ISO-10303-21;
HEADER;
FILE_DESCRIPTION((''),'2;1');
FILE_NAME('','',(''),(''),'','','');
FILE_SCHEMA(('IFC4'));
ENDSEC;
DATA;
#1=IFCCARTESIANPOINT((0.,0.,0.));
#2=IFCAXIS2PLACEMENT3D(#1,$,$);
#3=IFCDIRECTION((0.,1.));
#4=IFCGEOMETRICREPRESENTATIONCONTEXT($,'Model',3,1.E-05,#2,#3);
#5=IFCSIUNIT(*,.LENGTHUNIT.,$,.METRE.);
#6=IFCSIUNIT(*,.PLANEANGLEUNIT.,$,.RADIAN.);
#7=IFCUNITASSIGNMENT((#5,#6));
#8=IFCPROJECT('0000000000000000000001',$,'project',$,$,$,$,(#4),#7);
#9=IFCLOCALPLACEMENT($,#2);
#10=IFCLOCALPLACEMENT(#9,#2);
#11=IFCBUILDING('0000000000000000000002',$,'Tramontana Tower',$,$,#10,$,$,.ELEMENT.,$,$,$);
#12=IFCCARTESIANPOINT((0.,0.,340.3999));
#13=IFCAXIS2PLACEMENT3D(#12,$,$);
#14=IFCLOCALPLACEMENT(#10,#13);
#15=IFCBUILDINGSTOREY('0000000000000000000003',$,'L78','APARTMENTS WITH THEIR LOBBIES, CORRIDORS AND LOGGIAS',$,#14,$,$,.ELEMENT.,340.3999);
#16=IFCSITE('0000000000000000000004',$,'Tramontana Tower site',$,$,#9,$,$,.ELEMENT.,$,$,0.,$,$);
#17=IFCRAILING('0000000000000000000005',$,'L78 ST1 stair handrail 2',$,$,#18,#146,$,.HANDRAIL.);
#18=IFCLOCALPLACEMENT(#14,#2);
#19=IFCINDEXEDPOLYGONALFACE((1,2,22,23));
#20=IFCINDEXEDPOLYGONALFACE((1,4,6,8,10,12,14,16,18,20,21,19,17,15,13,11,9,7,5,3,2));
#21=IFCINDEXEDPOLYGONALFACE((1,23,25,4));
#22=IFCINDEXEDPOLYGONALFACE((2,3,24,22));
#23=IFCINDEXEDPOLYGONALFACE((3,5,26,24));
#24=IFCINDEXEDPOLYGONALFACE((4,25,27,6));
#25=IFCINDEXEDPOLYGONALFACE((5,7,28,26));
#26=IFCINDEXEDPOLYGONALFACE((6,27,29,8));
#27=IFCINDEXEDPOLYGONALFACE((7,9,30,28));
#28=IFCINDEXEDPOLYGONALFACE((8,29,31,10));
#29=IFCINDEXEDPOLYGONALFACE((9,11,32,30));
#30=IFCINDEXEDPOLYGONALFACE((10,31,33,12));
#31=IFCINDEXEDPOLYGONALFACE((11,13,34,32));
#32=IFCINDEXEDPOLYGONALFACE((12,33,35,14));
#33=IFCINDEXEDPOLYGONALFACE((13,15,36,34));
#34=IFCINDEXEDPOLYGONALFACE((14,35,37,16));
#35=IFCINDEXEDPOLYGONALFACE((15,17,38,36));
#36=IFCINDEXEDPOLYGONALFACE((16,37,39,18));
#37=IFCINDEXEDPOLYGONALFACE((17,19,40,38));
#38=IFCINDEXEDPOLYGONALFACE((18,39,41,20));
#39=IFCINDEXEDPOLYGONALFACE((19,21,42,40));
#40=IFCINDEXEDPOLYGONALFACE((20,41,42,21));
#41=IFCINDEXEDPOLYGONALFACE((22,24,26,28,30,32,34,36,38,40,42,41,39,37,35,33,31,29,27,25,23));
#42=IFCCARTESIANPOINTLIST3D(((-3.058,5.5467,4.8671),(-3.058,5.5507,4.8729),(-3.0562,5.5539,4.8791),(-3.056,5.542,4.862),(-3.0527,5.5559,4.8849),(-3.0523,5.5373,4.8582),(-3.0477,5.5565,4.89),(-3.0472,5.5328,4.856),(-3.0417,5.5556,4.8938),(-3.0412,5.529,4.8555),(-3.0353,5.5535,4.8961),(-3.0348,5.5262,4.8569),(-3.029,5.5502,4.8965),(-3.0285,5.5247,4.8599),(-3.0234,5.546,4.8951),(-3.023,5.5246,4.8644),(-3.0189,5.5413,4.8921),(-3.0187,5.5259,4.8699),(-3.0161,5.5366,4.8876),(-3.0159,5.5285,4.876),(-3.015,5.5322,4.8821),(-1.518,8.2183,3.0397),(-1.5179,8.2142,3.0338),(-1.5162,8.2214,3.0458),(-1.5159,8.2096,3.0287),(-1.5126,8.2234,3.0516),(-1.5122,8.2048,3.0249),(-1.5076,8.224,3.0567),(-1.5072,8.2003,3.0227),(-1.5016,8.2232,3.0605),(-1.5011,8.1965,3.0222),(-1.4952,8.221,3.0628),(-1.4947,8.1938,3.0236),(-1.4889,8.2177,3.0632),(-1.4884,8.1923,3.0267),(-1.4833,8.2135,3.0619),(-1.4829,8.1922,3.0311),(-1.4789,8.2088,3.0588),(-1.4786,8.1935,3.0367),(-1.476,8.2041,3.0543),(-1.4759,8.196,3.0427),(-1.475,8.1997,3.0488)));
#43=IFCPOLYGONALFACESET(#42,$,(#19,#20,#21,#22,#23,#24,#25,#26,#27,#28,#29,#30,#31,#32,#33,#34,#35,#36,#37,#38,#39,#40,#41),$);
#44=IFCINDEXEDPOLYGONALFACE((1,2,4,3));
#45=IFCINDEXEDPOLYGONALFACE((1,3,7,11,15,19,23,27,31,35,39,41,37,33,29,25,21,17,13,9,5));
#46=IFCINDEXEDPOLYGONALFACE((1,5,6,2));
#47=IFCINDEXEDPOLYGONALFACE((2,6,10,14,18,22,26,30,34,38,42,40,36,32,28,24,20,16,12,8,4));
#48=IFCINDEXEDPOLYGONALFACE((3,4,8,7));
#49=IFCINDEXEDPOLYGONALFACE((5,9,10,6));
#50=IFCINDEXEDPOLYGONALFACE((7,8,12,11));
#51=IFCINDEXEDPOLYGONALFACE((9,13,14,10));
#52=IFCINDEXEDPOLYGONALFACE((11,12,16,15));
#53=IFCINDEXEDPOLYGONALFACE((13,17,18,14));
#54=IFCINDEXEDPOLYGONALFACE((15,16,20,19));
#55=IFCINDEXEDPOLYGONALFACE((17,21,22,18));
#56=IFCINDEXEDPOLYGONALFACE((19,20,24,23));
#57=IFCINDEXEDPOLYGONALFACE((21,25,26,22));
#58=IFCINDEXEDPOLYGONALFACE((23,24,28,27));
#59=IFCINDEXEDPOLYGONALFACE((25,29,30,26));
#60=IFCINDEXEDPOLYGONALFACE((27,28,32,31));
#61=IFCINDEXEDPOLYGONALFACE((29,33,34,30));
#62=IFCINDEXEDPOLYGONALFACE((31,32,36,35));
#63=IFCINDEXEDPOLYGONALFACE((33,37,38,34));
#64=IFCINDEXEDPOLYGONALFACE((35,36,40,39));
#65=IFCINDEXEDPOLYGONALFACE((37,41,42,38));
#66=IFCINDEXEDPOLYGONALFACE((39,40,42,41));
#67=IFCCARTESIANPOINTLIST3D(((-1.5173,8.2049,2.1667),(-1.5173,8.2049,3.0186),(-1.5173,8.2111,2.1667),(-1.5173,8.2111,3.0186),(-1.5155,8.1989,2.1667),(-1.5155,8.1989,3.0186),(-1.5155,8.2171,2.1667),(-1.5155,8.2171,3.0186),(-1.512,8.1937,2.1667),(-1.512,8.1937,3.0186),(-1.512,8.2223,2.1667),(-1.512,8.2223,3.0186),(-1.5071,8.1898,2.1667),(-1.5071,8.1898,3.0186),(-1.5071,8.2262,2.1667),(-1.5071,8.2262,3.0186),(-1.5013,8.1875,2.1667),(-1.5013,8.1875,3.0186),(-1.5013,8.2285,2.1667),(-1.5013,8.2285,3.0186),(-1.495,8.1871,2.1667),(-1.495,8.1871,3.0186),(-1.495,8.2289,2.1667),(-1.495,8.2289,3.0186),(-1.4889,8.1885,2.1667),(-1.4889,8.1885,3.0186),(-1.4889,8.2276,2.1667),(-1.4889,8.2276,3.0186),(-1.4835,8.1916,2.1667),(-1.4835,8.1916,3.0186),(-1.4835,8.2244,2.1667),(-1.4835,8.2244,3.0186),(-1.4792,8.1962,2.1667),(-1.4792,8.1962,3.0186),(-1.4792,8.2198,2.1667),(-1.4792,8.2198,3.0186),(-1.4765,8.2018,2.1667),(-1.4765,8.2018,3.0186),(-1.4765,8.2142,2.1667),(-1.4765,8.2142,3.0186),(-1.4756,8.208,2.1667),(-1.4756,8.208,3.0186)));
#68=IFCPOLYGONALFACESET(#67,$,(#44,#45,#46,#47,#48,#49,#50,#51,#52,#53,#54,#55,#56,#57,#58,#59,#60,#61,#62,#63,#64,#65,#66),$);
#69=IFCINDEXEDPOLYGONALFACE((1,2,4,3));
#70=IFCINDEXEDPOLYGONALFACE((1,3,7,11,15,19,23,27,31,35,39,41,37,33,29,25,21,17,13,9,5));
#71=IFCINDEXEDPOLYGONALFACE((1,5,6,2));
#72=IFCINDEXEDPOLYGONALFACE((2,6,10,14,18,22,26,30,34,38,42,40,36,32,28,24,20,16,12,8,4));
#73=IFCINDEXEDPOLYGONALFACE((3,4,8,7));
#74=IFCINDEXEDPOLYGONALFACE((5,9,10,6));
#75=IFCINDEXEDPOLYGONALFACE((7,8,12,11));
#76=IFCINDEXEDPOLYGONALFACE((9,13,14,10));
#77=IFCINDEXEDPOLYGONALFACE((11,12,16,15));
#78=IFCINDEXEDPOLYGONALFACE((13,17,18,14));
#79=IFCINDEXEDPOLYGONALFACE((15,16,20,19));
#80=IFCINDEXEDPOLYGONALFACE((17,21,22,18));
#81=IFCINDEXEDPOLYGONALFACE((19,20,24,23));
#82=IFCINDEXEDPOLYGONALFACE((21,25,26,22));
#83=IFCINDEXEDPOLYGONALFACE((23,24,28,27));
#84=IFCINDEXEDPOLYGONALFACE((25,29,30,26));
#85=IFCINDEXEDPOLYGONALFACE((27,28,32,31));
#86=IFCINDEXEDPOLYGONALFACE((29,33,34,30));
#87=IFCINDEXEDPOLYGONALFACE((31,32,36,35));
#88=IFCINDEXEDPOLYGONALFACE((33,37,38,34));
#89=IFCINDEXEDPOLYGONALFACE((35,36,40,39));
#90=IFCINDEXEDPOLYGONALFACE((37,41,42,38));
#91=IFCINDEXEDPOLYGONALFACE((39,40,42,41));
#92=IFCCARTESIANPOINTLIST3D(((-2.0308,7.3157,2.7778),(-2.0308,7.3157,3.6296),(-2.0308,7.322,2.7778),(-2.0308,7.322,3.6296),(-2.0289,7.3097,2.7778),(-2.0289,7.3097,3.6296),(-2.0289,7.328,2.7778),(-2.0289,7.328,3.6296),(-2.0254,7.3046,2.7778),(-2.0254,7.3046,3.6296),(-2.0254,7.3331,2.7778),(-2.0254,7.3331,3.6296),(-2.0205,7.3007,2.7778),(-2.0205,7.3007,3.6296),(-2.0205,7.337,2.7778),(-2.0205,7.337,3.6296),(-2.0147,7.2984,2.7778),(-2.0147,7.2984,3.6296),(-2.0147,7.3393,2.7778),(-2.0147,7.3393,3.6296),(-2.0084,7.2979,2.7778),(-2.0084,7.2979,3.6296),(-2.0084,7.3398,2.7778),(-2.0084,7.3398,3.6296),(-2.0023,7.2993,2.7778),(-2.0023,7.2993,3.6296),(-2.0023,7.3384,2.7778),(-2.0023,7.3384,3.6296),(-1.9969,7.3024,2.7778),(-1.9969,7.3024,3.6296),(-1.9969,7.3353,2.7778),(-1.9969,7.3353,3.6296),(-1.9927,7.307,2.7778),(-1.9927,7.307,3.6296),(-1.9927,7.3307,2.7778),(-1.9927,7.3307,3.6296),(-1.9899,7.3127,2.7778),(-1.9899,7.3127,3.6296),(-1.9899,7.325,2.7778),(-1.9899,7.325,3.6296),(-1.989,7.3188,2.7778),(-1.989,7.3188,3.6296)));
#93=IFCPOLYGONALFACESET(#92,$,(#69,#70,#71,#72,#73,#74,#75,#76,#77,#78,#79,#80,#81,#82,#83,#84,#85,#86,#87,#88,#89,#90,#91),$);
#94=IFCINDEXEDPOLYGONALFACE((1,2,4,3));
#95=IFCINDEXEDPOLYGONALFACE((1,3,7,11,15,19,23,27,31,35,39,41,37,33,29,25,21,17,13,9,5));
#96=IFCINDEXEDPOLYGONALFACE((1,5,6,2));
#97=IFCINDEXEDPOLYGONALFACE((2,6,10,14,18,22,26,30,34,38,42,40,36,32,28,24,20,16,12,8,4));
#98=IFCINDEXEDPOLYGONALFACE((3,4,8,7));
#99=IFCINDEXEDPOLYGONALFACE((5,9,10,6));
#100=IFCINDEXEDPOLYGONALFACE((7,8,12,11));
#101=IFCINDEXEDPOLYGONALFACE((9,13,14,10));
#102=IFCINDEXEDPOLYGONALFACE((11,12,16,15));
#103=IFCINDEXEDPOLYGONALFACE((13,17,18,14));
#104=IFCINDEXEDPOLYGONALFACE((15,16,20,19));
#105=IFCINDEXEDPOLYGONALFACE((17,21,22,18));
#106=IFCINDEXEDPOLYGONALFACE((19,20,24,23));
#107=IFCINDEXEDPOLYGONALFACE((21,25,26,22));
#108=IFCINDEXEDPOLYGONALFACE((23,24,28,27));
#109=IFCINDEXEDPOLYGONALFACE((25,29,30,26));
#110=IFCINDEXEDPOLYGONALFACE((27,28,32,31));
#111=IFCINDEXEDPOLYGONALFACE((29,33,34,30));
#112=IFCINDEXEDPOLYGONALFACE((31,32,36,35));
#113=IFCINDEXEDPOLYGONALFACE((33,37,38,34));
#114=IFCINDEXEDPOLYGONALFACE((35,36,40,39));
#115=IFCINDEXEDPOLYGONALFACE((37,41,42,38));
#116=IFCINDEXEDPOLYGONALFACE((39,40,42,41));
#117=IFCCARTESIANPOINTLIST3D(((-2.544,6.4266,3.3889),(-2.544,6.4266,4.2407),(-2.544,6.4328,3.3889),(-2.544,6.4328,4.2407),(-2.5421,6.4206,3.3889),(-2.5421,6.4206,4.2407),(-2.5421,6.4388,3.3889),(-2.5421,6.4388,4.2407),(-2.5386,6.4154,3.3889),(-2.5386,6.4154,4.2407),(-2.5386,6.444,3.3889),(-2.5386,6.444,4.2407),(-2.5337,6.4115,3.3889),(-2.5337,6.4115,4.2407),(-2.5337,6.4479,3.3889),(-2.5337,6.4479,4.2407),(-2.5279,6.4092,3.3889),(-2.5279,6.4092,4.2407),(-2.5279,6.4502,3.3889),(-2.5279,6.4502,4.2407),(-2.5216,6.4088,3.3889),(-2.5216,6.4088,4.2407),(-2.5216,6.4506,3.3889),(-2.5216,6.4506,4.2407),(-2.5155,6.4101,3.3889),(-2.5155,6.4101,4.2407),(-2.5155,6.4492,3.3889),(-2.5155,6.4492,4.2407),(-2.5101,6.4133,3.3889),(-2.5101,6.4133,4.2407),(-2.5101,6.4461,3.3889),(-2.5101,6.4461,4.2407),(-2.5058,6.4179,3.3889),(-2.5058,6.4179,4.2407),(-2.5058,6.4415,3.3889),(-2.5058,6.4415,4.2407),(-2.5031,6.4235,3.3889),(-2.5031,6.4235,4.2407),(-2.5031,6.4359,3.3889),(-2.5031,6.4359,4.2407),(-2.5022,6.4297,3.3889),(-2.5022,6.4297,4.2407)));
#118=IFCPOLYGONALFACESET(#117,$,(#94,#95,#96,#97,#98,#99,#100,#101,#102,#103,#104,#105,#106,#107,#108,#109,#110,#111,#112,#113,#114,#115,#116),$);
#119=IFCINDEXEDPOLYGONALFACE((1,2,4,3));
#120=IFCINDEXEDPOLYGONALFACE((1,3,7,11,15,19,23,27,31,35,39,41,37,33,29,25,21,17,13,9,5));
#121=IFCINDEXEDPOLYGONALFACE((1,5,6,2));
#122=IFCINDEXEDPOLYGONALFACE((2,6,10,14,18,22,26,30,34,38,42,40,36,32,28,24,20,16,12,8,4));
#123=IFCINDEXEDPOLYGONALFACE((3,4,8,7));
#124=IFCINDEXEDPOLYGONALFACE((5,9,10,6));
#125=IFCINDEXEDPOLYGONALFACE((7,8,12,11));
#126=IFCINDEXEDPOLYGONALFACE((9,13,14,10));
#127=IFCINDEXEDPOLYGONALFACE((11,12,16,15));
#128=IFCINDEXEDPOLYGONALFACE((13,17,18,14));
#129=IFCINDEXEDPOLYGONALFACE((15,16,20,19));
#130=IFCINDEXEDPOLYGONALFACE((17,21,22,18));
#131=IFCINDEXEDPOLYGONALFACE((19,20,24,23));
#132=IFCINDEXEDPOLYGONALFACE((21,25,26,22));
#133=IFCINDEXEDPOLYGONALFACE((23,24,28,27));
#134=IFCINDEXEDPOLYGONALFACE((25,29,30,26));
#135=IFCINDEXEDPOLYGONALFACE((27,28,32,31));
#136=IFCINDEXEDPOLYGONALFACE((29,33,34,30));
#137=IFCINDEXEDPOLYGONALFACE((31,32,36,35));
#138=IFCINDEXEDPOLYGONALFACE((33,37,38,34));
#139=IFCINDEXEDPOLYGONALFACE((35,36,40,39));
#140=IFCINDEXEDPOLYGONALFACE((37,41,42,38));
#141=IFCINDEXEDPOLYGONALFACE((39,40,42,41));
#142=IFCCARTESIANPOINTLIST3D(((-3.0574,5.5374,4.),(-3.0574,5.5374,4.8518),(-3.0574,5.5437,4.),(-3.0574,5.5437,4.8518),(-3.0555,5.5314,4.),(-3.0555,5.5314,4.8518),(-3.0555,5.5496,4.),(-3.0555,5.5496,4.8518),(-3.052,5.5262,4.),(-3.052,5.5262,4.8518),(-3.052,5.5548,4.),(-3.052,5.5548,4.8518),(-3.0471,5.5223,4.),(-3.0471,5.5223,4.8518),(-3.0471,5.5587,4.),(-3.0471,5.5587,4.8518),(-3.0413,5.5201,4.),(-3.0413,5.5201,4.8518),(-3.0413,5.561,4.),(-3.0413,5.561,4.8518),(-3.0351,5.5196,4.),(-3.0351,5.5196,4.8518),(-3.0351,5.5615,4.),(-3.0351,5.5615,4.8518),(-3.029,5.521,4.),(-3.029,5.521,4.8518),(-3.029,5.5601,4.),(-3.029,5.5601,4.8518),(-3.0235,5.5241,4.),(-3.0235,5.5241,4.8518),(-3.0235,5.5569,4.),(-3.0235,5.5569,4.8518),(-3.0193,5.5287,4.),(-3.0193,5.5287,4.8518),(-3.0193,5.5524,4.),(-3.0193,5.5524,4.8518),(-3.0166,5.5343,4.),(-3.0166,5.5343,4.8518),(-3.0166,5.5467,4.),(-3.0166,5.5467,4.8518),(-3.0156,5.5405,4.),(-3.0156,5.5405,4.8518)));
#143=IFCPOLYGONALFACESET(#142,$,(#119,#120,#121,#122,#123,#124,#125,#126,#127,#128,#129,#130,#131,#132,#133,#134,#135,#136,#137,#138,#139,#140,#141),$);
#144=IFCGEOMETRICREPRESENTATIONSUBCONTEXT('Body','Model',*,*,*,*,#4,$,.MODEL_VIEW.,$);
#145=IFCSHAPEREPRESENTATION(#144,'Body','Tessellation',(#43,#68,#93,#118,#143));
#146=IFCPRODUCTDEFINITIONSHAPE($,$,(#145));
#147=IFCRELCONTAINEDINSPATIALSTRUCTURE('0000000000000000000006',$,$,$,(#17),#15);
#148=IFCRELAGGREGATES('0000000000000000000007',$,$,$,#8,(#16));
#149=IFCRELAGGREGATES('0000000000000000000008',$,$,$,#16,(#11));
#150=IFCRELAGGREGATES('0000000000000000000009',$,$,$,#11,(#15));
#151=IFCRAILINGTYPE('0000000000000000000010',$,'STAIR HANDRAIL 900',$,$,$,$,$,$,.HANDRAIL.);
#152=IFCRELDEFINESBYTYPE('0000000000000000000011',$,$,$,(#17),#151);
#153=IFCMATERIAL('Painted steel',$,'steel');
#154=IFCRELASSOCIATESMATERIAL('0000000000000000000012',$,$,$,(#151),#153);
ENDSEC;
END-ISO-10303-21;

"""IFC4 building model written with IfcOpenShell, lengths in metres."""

from ifc_helpers import new_model, si_unit, direction, frame, origin, origin_2d, place, context, subcontext, project, spatial, circle, extrude, material, type_object, element, save


model = new_model("IFC4")

# Units and contexts
model_context = context("Model", 3, precision=1e-05, world=origin(), true_north=direction((0.0, 1.0)))
body_context = subcontext(model_context, "Body", "Model", "MODEL_VIEW")
ifc_project = project(units=[si_unit("LENGTHUNIT", "METRE"), si_unit("PLANEANGLEUNIT", "RADIAN")], contexts=[model_context])

# Site, building, storey
site_placement = place(None, origin())
site = spatial("IfcSite", under=ifc_project, at=site_placement, Name="Tramontana Tower site", CompositionType="ELEMENT", RefElevation=0.0)
building_placement = place(site_placement, origin())
building = spatial("IfcBuilding", under=site, at=building_placement, Name="Tramontana Tower", CompositionType="ELEMENT")
storey_placement = place(building_placement, frame((0.0, 0.0, 340.3999)))
storey = spatial("IfcBuildingStorey", under=building, at=storey_placement, Name="L78", Description="APARTMENTS WITH THEIR LOBBIES, CORRIDORS AND LOGGIAS", CompositionType="ELEMENT", Elevation=340.3999)

# Railing
ifc_material_1 = material(Name="Painted steel", Category="steel")
railing_type_1 = type_object("IfcRailingType", Name="STAIR HANDRAIL 900", PredefinedType="HANDRAIL", material=ifc_material_1)
railing_1_placement = place(storey_placement, frame((-1.4966, 8.208, 2.1667)))
element("IfcRailing", 1, at=railing_1_placement, inside=storey, type_object=railing_type_1, Name="L78 ST1 stair handrail 2", PredefinedType="HANDRAIL", context=body_context, shape_type="SweptSolid", body=[
    extrude(circle(Radius=0.0239, at=origin_2d()), frame((0.0, 0.0, 0.876), z_axis=(-0.429649, -0.74419, 0.511452), x_axis=(0.86603, -0.499992, 0.0)), (0.0, 0.0, 1.0), 3.5845),
    extrude(circle(Radius=0.021, at=origin_2d()), origin(), (0.0, 0.0, 1.0), 0.8518),
    extrude(circle(Radius=0.021, at=origin_2d()), frame((-0.5134, -0.8892, 0.6111)), (0.0, 0.0, 1.0), 0.8518),
    extrude(circle(Radius=0.021, at=origin_2d()), frame((-1.0266, -1.7783, 1.2222)), (0.0, 0.0, 1.0), 0.8518),
    extrude(circle(Radius=0.021, at=origin_2d()), frame((-1.54, -2.6675, 1.8333)), (0.0, 0.0, 1.0), 0.8518),
])

save(model, "model.ifc")
